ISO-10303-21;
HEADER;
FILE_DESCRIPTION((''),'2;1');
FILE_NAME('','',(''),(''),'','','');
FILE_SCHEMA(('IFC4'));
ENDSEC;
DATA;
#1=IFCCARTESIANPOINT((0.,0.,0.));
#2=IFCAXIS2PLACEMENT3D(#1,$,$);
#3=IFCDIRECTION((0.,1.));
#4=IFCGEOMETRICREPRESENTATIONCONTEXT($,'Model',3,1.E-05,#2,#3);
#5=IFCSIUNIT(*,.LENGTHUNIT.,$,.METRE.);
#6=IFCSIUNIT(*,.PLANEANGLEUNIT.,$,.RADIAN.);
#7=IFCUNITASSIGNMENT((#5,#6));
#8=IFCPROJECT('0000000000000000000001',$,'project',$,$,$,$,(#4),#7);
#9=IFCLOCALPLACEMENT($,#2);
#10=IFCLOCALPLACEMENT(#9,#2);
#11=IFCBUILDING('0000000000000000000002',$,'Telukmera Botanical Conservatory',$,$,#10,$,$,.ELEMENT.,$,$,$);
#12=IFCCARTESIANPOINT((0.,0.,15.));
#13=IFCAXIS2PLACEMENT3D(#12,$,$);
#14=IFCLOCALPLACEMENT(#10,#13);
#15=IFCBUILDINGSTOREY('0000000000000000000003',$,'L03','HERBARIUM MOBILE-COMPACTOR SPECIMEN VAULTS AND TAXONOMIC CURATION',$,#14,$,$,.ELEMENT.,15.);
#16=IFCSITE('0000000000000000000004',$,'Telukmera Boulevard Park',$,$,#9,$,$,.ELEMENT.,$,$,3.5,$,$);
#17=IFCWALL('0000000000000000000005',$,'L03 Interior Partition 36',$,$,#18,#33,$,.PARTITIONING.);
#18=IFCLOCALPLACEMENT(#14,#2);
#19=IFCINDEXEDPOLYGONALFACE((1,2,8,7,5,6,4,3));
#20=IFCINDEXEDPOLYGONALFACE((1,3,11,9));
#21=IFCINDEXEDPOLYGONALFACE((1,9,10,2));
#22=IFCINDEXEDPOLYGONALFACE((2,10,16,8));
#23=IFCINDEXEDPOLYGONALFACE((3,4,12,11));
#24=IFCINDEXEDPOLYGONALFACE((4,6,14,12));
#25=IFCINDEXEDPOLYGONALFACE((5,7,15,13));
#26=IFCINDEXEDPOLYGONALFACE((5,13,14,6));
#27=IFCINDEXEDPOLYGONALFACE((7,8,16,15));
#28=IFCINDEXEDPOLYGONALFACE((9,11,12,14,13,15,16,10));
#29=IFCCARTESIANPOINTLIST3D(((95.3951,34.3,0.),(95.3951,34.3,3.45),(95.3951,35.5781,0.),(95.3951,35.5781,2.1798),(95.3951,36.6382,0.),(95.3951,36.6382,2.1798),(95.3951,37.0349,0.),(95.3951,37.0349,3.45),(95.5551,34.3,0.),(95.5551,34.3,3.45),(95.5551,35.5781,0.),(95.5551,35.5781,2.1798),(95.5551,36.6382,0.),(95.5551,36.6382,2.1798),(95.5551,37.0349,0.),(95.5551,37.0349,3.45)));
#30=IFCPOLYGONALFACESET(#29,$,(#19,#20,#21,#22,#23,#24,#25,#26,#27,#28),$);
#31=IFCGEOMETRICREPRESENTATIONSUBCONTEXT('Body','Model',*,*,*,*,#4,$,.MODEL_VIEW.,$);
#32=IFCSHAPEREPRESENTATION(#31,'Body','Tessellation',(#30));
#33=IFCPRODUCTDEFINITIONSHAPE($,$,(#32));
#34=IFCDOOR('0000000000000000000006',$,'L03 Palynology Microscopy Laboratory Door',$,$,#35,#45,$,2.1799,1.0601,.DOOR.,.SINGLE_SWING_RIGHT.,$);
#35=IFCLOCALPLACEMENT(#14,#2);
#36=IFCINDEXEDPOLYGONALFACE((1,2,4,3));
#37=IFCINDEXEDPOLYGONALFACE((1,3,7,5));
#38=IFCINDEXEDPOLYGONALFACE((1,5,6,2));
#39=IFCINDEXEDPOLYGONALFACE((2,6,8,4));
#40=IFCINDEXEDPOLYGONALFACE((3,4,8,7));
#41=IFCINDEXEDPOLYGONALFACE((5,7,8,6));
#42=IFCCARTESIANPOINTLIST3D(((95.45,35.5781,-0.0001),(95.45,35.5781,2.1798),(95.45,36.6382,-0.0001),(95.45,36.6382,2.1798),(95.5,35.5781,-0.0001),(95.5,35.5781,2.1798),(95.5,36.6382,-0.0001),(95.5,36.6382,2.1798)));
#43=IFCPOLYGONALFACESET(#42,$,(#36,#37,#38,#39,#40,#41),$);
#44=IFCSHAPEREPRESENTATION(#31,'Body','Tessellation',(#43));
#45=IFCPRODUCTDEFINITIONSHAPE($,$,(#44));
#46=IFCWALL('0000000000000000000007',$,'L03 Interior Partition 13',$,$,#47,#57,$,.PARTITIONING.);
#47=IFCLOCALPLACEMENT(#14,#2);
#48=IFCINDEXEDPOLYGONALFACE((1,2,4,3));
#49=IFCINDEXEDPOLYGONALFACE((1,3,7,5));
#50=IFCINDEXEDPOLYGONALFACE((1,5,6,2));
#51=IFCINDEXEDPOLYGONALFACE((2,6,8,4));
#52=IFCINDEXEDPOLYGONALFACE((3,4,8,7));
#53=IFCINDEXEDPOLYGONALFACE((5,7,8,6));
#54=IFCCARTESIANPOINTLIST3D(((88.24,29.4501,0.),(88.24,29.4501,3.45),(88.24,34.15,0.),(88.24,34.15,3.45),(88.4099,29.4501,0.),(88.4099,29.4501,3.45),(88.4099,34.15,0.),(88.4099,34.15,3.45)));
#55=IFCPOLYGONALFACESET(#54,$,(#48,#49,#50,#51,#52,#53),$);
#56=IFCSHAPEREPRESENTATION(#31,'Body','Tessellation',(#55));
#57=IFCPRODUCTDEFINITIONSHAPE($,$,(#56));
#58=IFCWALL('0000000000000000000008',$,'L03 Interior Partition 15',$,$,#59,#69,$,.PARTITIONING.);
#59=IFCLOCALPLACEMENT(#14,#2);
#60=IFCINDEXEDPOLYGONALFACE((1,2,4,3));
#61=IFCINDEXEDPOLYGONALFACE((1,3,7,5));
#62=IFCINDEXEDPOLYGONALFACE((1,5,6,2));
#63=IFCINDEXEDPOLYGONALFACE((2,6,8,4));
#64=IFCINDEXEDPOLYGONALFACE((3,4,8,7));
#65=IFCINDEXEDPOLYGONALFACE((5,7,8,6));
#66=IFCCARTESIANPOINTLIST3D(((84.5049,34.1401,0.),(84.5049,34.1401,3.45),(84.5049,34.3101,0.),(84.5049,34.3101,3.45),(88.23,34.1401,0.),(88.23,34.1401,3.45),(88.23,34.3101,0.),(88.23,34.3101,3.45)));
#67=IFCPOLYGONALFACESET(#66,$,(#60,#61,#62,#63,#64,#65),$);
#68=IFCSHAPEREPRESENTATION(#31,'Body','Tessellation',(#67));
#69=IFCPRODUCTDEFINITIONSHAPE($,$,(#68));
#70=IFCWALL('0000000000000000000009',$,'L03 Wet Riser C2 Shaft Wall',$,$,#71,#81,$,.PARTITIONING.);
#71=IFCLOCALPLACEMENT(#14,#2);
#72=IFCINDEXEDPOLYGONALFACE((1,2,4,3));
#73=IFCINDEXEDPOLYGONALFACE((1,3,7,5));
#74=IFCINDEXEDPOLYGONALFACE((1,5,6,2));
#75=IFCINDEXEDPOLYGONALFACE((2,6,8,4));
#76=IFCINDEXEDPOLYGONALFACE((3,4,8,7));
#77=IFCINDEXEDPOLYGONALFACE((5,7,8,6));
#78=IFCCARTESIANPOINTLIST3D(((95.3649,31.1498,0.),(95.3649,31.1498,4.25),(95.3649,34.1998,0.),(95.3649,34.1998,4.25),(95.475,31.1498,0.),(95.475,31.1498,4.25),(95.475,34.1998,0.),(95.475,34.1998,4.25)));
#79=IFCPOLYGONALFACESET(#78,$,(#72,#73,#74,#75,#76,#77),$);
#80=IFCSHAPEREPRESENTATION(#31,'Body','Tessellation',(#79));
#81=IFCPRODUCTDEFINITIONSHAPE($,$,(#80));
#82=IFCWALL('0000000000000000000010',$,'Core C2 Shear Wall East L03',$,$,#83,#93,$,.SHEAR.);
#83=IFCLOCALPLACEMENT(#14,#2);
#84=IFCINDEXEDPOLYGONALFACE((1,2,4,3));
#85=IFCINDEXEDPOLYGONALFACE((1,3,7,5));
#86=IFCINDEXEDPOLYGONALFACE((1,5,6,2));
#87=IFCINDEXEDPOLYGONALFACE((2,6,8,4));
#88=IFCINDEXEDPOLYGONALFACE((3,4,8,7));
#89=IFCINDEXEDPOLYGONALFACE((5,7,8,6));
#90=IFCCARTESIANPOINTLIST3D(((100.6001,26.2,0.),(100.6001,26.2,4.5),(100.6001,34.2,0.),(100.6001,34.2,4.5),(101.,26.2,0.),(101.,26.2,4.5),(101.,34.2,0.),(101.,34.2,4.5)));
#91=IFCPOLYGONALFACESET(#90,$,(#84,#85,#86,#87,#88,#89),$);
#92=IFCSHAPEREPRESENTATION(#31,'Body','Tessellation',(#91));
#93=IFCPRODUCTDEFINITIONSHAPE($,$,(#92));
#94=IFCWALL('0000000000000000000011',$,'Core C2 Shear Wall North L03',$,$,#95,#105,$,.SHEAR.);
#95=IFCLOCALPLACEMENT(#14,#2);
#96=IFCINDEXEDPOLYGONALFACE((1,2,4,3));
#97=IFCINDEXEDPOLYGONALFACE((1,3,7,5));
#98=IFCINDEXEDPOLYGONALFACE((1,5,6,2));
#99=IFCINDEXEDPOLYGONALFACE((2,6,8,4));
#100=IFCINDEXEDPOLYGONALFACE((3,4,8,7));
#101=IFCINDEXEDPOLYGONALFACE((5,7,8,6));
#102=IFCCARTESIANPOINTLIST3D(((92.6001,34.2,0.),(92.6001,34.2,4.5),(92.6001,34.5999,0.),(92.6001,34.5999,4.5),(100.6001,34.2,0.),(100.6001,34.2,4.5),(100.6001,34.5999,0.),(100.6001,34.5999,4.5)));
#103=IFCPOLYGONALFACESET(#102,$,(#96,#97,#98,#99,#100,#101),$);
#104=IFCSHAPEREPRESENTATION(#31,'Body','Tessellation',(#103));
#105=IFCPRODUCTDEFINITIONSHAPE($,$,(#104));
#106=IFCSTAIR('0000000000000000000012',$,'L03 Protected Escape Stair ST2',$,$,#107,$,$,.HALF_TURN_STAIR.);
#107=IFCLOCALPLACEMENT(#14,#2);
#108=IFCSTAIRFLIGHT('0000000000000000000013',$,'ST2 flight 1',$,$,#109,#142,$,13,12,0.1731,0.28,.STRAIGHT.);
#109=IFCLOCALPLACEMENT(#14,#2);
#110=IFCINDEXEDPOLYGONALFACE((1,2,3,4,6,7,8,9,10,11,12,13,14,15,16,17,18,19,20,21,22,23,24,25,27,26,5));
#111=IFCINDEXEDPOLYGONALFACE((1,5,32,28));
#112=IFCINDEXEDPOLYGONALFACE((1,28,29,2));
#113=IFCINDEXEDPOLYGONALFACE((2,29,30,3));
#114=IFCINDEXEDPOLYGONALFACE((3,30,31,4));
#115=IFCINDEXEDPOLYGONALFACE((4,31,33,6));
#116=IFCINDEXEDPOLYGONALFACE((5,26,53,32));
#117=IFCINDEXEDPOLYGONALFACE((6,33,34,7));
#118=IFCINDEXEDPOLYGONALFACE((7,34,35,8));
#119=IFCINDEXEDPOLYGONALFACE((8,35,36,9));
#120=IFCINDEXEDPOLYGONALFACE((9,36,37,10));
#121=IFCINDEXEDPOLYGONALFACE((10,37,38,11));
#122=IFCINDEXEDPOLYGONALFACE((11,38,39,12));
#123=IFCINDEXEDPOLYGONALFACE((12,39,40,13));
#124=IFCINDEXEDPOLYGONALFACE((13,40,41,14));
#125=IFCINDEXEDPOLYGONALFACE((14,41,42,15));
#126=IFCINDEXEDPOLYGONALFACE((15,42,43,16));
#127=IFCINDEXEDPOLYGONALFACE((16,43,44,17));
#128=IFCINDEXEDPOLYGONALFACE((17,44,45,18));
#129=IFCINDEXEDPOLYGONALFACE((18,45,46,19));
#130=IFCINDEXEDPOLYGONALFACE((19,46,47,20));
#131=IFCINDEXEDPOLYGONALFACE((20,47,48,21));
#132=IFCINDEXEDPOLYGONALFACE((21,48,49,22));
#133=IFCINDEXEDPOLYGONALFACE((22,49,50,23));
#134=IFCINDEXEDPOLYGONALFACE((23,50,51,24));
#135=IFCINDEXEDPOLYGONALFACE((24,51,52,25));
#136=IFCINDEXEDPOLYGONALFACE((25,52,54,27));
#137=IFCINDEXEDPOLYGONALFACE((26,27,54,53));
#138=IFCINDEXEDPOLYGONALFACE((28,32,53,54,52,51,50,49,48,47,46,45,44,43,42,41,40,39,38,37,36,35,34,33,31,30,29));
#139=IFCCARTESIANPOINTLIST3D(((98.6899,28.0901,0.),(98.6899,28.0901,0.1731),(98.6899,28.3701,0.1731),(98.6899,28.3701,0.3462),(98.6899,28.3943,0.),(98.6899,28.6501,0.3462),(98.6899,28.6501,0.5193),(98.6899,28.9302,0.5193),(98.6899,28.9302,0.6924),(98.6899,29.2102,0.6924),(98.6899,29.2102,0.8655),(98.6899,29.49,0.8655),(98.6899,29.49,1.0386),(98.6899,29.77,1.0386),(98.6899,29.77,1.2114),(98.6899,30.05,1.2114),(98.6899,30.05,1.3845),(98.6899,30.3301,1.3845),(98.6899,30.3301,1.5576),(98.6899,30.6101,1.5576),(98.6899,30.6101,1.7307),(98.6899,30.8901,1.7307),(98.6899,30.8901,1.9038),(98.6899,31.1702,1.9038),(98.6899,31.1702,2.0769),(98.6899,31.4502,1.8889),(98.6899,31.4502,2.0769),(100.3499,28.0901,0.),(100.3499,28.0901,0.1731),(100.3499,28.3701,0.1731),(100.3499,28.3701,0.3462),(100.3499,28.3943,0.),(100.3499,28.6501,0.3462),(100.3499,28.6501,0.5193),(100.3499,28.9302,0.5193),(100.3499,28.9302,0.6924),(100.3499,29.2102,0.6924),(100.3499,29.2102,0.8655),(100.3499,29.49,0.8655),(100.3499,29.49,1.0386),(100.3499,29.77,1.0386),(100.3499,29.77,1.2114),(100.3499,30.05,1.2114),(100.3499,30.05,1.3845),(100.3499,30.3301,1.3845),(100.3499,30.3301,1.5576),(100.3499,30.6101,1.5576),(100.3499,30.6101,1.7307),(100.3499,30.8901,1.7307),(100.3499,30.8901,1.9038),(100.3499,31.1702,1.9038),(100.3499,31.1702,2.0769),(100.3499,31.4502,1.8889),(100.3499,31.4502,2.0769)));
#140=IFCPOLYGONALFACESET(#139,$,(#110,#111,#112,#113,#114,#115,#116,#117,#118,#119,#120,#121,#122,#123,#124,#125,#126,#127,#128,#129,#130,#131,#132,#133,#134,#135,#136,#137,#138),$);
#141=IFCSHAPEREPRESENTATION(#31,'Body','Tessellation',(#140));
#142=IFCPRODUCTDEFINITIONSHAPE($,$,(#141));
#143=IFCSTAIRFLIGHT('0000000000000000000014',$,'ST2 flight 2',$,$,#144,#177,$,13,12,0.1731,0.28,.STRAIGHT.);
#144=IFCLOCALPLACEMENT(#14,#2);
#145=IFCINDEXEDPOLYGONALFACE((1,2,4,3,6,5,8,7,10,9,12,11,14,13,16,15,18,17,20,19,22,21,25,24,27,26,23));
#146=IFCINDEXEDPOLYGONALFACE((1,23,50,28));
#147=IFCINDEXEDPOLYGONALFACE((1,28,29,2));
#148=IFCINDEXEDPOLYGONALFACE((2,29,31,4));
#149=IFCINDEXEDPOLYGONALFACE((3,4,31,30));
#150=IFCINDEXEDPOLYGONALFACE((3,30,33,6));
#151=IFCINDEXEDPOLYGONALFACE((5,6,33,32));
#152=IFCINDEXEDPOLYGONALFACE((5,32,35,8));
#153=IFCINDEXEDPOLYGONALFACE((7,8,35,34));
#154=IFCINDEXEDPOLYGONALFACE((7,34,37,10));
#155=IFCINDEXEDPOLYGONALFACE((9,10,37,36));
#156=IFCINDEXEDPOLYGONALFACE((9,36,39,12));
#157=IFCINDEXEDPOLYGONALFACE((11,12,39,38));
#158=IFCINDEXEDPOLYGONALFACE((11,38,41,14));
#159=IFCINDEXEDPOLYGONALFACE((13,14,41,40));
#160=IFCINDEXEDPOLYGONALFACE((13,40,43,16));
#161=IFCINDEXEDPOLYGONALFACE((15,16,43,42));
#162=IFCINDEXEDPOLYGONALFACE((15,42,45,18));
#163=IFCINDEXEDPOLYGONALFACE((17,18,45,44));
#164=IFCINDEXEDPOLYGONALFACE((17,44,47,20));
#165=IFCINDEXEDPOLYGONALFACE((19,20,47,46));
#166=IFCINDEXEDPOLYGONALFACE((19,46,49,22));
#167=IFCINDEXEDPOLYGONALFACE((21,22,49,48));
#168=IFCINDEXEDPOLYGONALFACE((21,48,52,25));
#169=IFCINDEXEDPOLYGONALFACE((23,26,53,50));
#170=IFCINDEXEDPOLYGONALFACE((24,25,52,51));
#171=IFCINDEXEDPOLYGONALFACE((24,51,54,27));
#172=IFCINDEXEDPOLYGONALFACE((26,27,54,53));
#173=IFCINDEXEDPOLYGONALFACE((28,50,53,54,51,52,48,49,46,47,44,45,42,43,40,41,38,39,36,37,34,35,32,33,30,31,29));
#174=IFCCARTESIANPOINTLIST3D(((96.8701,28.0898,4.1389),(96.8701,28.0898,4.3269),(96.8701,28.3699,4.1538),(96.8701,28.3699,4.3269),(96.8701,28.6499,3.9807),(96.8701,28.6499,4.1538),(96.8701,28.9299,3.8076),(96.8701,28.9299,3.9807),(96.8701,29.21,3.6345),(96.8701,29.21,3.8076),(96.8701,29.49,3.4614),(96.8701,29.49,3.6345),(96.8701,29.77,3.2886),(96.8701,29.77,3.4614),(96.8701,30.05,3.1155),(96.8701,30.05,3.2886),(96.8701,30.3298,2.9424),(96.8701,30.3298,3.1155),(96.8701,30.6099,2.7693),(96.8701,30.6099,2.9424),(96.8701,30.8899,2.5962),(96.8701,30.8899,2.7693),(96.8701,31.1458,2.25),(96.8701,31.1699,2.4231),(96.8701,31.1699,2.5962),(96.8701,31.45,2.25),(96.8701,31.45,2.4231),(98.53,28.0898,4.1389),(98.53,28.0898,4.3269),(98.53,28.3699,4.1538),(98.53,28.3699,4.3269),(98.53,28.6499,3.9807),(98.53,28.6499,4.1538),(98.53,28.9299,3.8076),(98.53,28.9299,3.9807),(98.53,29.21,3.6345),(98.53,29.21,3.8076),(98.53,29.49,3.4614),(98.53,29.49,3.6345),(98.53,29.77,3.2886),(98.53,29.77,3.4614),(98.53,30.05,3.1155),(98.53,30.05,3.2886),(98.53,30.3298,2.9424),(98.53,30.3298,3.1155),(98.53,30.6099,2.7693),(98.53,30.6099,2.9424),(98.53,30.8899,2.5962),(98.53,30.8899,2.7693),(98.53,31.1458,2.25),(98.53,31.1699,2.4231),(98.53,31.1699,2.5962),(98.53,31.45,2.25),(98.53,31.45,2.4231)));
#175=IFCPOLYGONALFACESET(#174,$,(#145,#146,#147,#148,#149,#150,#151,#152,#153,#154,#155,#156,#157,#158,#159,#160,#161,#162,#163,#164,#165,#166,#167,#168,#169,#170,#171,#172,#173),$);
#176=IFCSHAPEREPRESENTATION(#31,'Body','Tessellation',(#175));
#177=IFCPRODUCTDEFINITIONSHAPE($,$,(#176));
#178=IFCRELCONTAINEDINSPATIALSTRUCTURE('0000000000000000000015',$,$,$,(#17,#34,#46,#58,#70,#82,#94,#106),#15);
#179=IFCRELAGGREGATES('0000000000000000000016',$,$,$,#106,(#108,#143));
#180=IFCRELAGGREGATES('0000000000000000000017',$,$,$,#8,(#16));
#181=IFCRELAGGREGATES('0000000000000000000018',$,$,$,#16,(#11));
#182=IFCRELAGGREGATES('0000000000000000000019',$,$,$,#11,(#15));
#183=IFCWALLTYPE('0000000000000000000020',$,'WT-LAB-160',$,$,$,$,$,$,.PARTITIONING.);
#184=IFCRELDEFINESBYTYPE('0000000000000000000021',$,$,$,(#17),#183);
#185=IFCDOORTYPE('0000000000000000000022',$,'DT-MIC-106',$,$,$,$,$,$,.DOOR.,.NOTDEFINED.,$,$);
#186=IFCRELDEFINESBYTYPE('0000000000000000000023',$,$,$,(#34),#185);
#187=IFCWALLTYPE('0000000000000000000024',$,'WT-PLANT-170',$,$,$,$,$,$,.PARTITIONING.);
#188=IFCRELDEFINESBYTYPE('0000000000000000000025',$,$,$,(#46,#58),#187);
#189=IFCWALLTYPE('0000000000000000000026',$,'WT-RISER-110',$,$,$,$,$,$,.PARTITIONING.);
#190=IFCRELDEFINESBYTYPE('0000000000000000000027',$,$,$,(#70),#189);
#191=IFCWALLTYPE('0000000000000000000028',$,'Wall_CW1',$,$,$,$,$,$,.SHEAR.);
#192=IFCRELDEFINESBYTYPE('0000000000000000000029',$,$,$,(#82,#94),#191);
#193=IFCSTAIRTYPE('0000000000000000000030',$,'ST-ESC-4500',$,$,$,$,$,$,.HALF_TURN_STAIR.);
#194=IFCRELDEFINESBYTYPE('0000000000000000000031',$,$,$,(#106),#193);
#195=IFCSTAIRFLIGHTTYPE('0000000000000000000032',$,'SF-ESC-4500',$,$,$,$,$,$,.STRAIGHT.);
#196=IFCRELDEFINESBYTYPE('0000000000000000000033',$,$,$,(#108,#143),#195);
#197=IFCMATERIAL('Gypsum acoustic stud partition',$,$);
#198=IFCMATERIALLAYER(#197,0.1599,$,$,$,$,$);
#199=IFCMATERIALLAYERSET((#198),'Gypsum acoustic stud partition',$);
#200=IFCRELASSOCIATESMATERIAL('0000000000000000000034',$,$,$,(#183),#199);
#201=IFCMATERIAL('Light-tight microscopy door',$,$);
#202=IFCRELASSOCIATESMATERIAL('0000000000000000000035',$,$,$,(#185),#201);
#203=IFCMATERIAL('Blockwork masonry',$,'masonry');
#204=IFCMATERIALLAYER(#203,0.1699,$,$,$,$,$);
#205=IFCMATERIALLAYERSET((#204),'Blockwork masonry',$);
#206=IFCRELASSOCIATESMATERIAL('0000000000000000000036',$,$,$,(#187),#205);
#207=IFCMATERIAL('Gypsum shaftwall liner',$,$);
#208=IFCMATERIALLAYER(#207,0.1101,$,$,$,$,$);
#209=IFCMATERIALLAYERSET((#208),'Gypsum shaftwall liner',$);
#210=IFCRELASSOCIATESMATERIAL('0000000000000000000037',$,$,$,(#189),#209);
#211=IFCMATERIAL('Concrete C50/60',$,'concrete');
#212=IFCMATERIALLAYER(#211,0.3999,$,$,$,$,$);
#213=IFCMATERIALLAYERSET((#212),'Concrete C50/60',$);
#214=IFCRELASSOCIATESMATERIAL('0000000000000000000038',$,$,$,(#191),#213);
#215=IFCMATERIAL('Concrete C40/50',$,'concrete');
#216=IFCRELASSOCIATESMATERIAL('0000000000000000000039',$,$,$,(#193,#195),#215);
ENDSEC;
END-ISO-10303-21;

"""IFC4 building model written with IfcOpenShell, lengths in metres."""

from ifc_helpers import new_model, si_unit, direction, frame, frame_2d, origin, place, context, subcontext, project, spatial, polyline, rectangle, outline, extrude, material, layer, layer_set, type_object, element, fill, aggregate, save


model = new_model("IFC4")

# Units and contexts
model_context = context("Model", 3, precision=1e-05, world=origin(), true_north=direction((0.0, 1.0)))
body_context = subcontext(model_context, "Body", "Model", "MODEL_VIEW")
ifc_project = project(units=[si_unit("LENGTHUNIT", "METRE"), si_unit("PLANEANGLEUNIT", "RADIAN")], contexts=[model_context])

# Site, building, storey
site_placement = place(None, origin())
site = spatial("IfcSite", under=ifc_project, at=site_placement, Name="Telukmera Boulevard Park", CompositionType="ELEMENT", RefElevation=3.5)
building_placement = place(site_placement, origin())
building = spatial("IfcBuilding", under=site, at=building_placement, Name="Telukmera Botanical Conservatory", CompositionType="ELEMENT")
storey_placement = place(building_placement, frame((0.0, 0.0, 15.0)))
storey = spatial("IfcBuildingStorey", under=building, at=storey_placement, Name="L03", Description="HERBARIUM MOBILE-COMPACTOR SPECIMEN VAULTS AND TAXONOMIC CURATION", CompositionType="ELEMENT", Elevation=15.0)

# Shared definitions
ifc_material_1 = material(Name="Concrete C50/60", Category="concrete")

# Shared definitions
ifc_material_2 = material(Name="Concrete C40/50", Category="concrete")

# Wall, opening, door
ifc_material_3 = material(Name="Gypsum acoustic stud partition")
ifc_layer_1 = layer(ifc_material_3, 0.1599)
ifc_layer_set_1 = layer_set([ifc_layer_1], Name="Gypsum acoustic stud partition")
wall_type_1 = type_object("IfcWallType", Name="WT-LAB-160", PredefinedType="PARTITIONING", material=ifc_layer_set_1)
wall_1_placement = place(storey_placement, frame((95.4751, 34.3, 0.0), z_axis=(0.0, 0.0, 1.0), x_axis=(0.0, 1.0, 0.0)))
wall_1 = element("IfcWall", 1, at=wall_1_placement, inside=storey, type_object=wall_type_1, Name="L03 Interior Partition 36", PredefinedType="PARTITIONING", context=body_context, shape_type="SweptSolid", body=[
    extrude(rectangle(XDim=2.7349, YDim=0.1599, at=frame_2d((1.3674, 0.0))), origin(), (0.0, 0.0, 1.0), 3.45),
])
opening_1_placement = place(wall_1_placement, frame((1.2781, 0.0, 0.0)))
opening_1 = element("IfcOpeningElement", 2, at=opening_1_placement, cuts=wall_1, PredefinedType="OPENING", context=body_context, shape_type="SweptSolid", body=[
    extrude(rectangle(XDim=1.0601, YDim=2.1799, at=frame_2d((0.53, 1.0898))), frame((0.0, 0.0898, 0.0), z_axis=(0.0, -1.0, 0.0), x_axis=(1.0, 0.0, 0.0)), (0.0, 0.0, 1.0), 0.1799),
])
ifc_material_4 = material(Name="Light-tight microscopy door")
door_type_1 = type_object("IfcDoorType", Name="DT-MIC-106", OperationType="NOTDEFINED", PredefinedType="DOOR", material=ifc_material_4)
door_1_placement = place(opening_1_placement, frame((1.0601, 0.0, 0.0), z_axis=(0.0, 0.0, 1.0), x_axis=(-1.0, 0.0, 0.0)))
door_1 = element("IfcDoor", 3, at=door_1_placement, inside=storey, type_object=door_type_1, Name="L03 Palynology Microscopy Laboratory Door", OperationType="SINGLE_SWING_RIGHT", OverallHeight=2.1799, OverallWidth=1.0601, PredefinedType="DOOR", context=body_context, shape_type="SweptSolid", body=[
    extrude(rectangle(XDim=1.0601, YDim=2.1799, at=frame_2d((0.53, 1.0898))), frame((0.0, 0.0249, 0.0), z_axis=(0.0, -1.0, 0.0), x_axis=(1.0, 0.0, 0.0)), (0.0, 0.0, 1.0), 0.05),
])
fill(opening_1, door_1)

# Walls
ifc_material_5 = material(Name="Blockwork masonry", Category="masonry")
ifc_layer_2 = layer(ifc_material_5, 0.1699)
ifc_layer_set_2 = layer_set([ifc_layer_2], Name="Blockwork masonry")
wall_type_2 = type_object("IfcWallType", Name="WT-PLANT-170", PredefinedType="PARTITIONING", material=ifc_layer_set_2)
wall_2_placement = place(storey_placement, frame((88.325, 29.45, 0.0), z_axis=(0.0, 0.0, 1.0), x_axis=(0.0, 1.0, 0.0)))
element("IfcWall", 4, at=wall_2_placement, inside=storey, type_object=wall_type_2, Name="L03 Interior Partition 13", PredefinedType="PARTITIONING", context=body_context, shape_type="SweptSolid", body=[
    extrude(rectangle(XDim=4.7, YDim=0.1699, at=frame_2d((2.3501, 0.0))), origin(), (0.0, 0.0, 1.0), 3.45),
])
wall_3_placement = place(storey_placement, frame((84.5049, 34.2251, 0.0), z_axis=(0.0, 0.0, 1.0), x_axis=(1.0, 0.0, 0.0)))
element("IfcWall", 5, at=wall_3_placement, inside=storey, type_object=wall_type_2, Name="L03 Interior Partition 15", PredefinedType="PARTITIONING", context=body_context, shape_type="SweptSolid", body=[
    extrude(rectangle(XDim=3.7251, YDim=0.1699, at=frame_2d((1.8625, 0.0))), origin(), (0.0, 0.0, 1.0), 3.45),
])
ifc_material_6 = material(Name="Gypsum shaftwall liner")
ifc_layer_3 = layer(ifc_material_6, 0.1101)
ifc_layer_set_3 = layer_set([ifc_layer_3], Name="Gypsum shaftwall liner")
wall_type_3 = type_object("IfcWallType", Name="WT-RISER-110", PredefinedType="PARTITIONING", material=ifc_layer_set_3)
wall_4_placement = place(storey_placement, frame((95.4199, 31.1499, 0.0), z_axis=(0.0, 0.0, 1.0), x_axis=(0.0, 1.0, 0.0)))
element("IfcWall", 6, at=wall_4_placement, inside=storey, type_object=wall_type_3, Name="L03 Wet Riser C2 Shaft Wall", PredefinedType="PARTITIONING", context=body_context, shape_type="SweptSolid", body=[
    extrude(rectangle(XDim=3.05, YDim=0.1101, at=frame_2d((1.5249, 0.0))), origin(), (0.0, 0.0, 1.0), 4.25),
])
ifc_layer_4 = layer(ifc_material_1, 0.3999)
ifc_layer_set_4 = layer_set([ifc_layer_4], Name="Concrete C50/60")
wall_type_4 = type_object("IfcWallType", Name="Wall_CW1", PredefinedType="SHEAR", material=ifc_layer_set_4)
for number, where, z_axis, x_axis, name in (
    (7, (100.8, 26.2, 0.0), (0.0, 0.0, 1.0), (0.0, 1.0, 0.0), "Core C2 Shear Wall East L03"),
    (8, (92.6001, 34.3999, 0.0), (0.0, 0.0, 1.0), (1.0, 0.0, 0.0), "Core C2 Shear Wall North L03"),
):
    element("IfcWall", number, at=place(storey_placement, frame(where, z_axis=z_axis, x_axis=x_axis)), inside=storey, type_object=wall_type_4, Name=name, PredefinedType="SHEAR", context=body_context, shape_type="SweptSolid", body=[
        extrude(rectangle(XDim=8.0, YDim=0.3999, at=frame_2d((4.0, 0.0))), origin(), (0.0, 0.0, 1.0), 4.5),
    ])

# Stair, stair flights
stair_type = type_object("IfcStairType", Name="ST-ESC-4500", PredefinedType="HALF_TURN_STAIR", material=ifc_material_2)
stair_placement = place(storey_placement, origin())
stair = element("IfcStair", 9, at=stair_placement, inside=storey, type_object=stair_type, Name="L03 Protected Escape Stair ST2", PredefinedType="HALF_TURN_STAIR")
stair_flight_type = type_object("IfcStairFlightType", Name="SF-ESC-4500", PredefinedType="STRAIGHT", material=ifc_material_2)
stair_flight_1_placement = place(storey_placement, frame((99.52, 28.0901, 0.0), z_axis=(0.0, 0.0, 1.0), x_axis=(0.0, 1.0, 0.0)))
stair_flight_1 = element("IfcStairFlight", 10, at=stair_flight_1_placement, type_object=stair_flight_type, Name="ST2 flight 1", NumberOfRisers=13, NumberOfTreads=12, PredefinedType="STRAIGHT", RiserHeight=0.1731, TreadLength=0.28, context=body_context, shape_type="SweptSolid", body=[
    extrude(outline(polyline([(0.0, 0.0), (0.0, 0.1731), (0.28, 0.1731), (0.28, 0.3462), (0.5601, 0.3462), (0.5601, 0.5193), (0.8401, 0.5193), (0.8401, 0.6924), (1.1201, 0.6924), (1.1201, 0.8655), (1.3999, 0.8655), (1.3999, 1.0386), (1.6799, 1.0386), (1.6799, 1.2114), (1.96, 1.2114), (1.96, 1.3845), (2.24, 1.3845), (2.24, 1.5576), (2.52, 1.5576), (2.52, 1.7307), (2.8, 1.7307), (2.8, 1.9038), (3.0801, 1.9038), (3.0801, 2.0769), (3.3601, 2.0769), (3.3601, 2.25), (3.3601, 1.8889), (0.3042, 0.0), (0.0, 0.0)])), frame((0.0, 0.8301, 0.0), z_axis=(0.0, -1.0, 0.0), x_axis=(1.0, 0.0, 0.0)), (0.0, 0.0, 1.0), 1.6599),
])
stair_flight_2_placement = place(storey_placement, frame((97.7, 31.45, 2.25), z_axis=(0.0, 0.0, 1.0), x_axis=(0.0, -1.0, 0.0)))
stair_flight_2 = element("IfcStairFlight", 11, at=stair_flight_2_placement, type_object=stair_flight_type, Name="ST2 flight 2", NumberOfRisers=13, NumberOfTreads=12, PredefinedType="STRAIGHT", RiserHeight=0.1731, TreadLength=0.28, context=body_context, shape_type="SweptSolid", body=[
    extrude(outline(polyline([(0.0, 0.0), (0.0, 0.1731), (0.28, 0.1731), (0.28, 0.3462), (0.5601, 0.3462), (0.5601, 0.5193), (0.8401, 0.5193), (0.8401, 0.6924), (1.1201, 0.6924), (1.1201, 0.8655), (1.3999, 0.8655), (1.3999, 1.0386), (1.6799, 1.0386), (1.6799, 1.2114), (1.96, 1.2114), (1.96, 1.3845), (2.24, 1.3845), (2.24, 1.5576), (2.52, 1.5576), (2.52, 1.7307), (2.8, 1.7307), (2.8, 1.9038), (3.0801, 1.9038), (3.0801, 2.0769), (3.3601, 2.0769), (3.3601, 2.25), (3.3601, 1.8889), (0.3042, 0.0), (0.0, 0.0)])), frame((0.0, 0.8301, 0.0), z_axis=(0.0, -1.0, 0.0), x_axis=(1.0, 0.0, 0.0)), (0.0, 0.0, 1.0), 1.6599),
])
aggregate(stair, [stair_flight_1, stair_flight_2])

save(model, "model.ifc")
